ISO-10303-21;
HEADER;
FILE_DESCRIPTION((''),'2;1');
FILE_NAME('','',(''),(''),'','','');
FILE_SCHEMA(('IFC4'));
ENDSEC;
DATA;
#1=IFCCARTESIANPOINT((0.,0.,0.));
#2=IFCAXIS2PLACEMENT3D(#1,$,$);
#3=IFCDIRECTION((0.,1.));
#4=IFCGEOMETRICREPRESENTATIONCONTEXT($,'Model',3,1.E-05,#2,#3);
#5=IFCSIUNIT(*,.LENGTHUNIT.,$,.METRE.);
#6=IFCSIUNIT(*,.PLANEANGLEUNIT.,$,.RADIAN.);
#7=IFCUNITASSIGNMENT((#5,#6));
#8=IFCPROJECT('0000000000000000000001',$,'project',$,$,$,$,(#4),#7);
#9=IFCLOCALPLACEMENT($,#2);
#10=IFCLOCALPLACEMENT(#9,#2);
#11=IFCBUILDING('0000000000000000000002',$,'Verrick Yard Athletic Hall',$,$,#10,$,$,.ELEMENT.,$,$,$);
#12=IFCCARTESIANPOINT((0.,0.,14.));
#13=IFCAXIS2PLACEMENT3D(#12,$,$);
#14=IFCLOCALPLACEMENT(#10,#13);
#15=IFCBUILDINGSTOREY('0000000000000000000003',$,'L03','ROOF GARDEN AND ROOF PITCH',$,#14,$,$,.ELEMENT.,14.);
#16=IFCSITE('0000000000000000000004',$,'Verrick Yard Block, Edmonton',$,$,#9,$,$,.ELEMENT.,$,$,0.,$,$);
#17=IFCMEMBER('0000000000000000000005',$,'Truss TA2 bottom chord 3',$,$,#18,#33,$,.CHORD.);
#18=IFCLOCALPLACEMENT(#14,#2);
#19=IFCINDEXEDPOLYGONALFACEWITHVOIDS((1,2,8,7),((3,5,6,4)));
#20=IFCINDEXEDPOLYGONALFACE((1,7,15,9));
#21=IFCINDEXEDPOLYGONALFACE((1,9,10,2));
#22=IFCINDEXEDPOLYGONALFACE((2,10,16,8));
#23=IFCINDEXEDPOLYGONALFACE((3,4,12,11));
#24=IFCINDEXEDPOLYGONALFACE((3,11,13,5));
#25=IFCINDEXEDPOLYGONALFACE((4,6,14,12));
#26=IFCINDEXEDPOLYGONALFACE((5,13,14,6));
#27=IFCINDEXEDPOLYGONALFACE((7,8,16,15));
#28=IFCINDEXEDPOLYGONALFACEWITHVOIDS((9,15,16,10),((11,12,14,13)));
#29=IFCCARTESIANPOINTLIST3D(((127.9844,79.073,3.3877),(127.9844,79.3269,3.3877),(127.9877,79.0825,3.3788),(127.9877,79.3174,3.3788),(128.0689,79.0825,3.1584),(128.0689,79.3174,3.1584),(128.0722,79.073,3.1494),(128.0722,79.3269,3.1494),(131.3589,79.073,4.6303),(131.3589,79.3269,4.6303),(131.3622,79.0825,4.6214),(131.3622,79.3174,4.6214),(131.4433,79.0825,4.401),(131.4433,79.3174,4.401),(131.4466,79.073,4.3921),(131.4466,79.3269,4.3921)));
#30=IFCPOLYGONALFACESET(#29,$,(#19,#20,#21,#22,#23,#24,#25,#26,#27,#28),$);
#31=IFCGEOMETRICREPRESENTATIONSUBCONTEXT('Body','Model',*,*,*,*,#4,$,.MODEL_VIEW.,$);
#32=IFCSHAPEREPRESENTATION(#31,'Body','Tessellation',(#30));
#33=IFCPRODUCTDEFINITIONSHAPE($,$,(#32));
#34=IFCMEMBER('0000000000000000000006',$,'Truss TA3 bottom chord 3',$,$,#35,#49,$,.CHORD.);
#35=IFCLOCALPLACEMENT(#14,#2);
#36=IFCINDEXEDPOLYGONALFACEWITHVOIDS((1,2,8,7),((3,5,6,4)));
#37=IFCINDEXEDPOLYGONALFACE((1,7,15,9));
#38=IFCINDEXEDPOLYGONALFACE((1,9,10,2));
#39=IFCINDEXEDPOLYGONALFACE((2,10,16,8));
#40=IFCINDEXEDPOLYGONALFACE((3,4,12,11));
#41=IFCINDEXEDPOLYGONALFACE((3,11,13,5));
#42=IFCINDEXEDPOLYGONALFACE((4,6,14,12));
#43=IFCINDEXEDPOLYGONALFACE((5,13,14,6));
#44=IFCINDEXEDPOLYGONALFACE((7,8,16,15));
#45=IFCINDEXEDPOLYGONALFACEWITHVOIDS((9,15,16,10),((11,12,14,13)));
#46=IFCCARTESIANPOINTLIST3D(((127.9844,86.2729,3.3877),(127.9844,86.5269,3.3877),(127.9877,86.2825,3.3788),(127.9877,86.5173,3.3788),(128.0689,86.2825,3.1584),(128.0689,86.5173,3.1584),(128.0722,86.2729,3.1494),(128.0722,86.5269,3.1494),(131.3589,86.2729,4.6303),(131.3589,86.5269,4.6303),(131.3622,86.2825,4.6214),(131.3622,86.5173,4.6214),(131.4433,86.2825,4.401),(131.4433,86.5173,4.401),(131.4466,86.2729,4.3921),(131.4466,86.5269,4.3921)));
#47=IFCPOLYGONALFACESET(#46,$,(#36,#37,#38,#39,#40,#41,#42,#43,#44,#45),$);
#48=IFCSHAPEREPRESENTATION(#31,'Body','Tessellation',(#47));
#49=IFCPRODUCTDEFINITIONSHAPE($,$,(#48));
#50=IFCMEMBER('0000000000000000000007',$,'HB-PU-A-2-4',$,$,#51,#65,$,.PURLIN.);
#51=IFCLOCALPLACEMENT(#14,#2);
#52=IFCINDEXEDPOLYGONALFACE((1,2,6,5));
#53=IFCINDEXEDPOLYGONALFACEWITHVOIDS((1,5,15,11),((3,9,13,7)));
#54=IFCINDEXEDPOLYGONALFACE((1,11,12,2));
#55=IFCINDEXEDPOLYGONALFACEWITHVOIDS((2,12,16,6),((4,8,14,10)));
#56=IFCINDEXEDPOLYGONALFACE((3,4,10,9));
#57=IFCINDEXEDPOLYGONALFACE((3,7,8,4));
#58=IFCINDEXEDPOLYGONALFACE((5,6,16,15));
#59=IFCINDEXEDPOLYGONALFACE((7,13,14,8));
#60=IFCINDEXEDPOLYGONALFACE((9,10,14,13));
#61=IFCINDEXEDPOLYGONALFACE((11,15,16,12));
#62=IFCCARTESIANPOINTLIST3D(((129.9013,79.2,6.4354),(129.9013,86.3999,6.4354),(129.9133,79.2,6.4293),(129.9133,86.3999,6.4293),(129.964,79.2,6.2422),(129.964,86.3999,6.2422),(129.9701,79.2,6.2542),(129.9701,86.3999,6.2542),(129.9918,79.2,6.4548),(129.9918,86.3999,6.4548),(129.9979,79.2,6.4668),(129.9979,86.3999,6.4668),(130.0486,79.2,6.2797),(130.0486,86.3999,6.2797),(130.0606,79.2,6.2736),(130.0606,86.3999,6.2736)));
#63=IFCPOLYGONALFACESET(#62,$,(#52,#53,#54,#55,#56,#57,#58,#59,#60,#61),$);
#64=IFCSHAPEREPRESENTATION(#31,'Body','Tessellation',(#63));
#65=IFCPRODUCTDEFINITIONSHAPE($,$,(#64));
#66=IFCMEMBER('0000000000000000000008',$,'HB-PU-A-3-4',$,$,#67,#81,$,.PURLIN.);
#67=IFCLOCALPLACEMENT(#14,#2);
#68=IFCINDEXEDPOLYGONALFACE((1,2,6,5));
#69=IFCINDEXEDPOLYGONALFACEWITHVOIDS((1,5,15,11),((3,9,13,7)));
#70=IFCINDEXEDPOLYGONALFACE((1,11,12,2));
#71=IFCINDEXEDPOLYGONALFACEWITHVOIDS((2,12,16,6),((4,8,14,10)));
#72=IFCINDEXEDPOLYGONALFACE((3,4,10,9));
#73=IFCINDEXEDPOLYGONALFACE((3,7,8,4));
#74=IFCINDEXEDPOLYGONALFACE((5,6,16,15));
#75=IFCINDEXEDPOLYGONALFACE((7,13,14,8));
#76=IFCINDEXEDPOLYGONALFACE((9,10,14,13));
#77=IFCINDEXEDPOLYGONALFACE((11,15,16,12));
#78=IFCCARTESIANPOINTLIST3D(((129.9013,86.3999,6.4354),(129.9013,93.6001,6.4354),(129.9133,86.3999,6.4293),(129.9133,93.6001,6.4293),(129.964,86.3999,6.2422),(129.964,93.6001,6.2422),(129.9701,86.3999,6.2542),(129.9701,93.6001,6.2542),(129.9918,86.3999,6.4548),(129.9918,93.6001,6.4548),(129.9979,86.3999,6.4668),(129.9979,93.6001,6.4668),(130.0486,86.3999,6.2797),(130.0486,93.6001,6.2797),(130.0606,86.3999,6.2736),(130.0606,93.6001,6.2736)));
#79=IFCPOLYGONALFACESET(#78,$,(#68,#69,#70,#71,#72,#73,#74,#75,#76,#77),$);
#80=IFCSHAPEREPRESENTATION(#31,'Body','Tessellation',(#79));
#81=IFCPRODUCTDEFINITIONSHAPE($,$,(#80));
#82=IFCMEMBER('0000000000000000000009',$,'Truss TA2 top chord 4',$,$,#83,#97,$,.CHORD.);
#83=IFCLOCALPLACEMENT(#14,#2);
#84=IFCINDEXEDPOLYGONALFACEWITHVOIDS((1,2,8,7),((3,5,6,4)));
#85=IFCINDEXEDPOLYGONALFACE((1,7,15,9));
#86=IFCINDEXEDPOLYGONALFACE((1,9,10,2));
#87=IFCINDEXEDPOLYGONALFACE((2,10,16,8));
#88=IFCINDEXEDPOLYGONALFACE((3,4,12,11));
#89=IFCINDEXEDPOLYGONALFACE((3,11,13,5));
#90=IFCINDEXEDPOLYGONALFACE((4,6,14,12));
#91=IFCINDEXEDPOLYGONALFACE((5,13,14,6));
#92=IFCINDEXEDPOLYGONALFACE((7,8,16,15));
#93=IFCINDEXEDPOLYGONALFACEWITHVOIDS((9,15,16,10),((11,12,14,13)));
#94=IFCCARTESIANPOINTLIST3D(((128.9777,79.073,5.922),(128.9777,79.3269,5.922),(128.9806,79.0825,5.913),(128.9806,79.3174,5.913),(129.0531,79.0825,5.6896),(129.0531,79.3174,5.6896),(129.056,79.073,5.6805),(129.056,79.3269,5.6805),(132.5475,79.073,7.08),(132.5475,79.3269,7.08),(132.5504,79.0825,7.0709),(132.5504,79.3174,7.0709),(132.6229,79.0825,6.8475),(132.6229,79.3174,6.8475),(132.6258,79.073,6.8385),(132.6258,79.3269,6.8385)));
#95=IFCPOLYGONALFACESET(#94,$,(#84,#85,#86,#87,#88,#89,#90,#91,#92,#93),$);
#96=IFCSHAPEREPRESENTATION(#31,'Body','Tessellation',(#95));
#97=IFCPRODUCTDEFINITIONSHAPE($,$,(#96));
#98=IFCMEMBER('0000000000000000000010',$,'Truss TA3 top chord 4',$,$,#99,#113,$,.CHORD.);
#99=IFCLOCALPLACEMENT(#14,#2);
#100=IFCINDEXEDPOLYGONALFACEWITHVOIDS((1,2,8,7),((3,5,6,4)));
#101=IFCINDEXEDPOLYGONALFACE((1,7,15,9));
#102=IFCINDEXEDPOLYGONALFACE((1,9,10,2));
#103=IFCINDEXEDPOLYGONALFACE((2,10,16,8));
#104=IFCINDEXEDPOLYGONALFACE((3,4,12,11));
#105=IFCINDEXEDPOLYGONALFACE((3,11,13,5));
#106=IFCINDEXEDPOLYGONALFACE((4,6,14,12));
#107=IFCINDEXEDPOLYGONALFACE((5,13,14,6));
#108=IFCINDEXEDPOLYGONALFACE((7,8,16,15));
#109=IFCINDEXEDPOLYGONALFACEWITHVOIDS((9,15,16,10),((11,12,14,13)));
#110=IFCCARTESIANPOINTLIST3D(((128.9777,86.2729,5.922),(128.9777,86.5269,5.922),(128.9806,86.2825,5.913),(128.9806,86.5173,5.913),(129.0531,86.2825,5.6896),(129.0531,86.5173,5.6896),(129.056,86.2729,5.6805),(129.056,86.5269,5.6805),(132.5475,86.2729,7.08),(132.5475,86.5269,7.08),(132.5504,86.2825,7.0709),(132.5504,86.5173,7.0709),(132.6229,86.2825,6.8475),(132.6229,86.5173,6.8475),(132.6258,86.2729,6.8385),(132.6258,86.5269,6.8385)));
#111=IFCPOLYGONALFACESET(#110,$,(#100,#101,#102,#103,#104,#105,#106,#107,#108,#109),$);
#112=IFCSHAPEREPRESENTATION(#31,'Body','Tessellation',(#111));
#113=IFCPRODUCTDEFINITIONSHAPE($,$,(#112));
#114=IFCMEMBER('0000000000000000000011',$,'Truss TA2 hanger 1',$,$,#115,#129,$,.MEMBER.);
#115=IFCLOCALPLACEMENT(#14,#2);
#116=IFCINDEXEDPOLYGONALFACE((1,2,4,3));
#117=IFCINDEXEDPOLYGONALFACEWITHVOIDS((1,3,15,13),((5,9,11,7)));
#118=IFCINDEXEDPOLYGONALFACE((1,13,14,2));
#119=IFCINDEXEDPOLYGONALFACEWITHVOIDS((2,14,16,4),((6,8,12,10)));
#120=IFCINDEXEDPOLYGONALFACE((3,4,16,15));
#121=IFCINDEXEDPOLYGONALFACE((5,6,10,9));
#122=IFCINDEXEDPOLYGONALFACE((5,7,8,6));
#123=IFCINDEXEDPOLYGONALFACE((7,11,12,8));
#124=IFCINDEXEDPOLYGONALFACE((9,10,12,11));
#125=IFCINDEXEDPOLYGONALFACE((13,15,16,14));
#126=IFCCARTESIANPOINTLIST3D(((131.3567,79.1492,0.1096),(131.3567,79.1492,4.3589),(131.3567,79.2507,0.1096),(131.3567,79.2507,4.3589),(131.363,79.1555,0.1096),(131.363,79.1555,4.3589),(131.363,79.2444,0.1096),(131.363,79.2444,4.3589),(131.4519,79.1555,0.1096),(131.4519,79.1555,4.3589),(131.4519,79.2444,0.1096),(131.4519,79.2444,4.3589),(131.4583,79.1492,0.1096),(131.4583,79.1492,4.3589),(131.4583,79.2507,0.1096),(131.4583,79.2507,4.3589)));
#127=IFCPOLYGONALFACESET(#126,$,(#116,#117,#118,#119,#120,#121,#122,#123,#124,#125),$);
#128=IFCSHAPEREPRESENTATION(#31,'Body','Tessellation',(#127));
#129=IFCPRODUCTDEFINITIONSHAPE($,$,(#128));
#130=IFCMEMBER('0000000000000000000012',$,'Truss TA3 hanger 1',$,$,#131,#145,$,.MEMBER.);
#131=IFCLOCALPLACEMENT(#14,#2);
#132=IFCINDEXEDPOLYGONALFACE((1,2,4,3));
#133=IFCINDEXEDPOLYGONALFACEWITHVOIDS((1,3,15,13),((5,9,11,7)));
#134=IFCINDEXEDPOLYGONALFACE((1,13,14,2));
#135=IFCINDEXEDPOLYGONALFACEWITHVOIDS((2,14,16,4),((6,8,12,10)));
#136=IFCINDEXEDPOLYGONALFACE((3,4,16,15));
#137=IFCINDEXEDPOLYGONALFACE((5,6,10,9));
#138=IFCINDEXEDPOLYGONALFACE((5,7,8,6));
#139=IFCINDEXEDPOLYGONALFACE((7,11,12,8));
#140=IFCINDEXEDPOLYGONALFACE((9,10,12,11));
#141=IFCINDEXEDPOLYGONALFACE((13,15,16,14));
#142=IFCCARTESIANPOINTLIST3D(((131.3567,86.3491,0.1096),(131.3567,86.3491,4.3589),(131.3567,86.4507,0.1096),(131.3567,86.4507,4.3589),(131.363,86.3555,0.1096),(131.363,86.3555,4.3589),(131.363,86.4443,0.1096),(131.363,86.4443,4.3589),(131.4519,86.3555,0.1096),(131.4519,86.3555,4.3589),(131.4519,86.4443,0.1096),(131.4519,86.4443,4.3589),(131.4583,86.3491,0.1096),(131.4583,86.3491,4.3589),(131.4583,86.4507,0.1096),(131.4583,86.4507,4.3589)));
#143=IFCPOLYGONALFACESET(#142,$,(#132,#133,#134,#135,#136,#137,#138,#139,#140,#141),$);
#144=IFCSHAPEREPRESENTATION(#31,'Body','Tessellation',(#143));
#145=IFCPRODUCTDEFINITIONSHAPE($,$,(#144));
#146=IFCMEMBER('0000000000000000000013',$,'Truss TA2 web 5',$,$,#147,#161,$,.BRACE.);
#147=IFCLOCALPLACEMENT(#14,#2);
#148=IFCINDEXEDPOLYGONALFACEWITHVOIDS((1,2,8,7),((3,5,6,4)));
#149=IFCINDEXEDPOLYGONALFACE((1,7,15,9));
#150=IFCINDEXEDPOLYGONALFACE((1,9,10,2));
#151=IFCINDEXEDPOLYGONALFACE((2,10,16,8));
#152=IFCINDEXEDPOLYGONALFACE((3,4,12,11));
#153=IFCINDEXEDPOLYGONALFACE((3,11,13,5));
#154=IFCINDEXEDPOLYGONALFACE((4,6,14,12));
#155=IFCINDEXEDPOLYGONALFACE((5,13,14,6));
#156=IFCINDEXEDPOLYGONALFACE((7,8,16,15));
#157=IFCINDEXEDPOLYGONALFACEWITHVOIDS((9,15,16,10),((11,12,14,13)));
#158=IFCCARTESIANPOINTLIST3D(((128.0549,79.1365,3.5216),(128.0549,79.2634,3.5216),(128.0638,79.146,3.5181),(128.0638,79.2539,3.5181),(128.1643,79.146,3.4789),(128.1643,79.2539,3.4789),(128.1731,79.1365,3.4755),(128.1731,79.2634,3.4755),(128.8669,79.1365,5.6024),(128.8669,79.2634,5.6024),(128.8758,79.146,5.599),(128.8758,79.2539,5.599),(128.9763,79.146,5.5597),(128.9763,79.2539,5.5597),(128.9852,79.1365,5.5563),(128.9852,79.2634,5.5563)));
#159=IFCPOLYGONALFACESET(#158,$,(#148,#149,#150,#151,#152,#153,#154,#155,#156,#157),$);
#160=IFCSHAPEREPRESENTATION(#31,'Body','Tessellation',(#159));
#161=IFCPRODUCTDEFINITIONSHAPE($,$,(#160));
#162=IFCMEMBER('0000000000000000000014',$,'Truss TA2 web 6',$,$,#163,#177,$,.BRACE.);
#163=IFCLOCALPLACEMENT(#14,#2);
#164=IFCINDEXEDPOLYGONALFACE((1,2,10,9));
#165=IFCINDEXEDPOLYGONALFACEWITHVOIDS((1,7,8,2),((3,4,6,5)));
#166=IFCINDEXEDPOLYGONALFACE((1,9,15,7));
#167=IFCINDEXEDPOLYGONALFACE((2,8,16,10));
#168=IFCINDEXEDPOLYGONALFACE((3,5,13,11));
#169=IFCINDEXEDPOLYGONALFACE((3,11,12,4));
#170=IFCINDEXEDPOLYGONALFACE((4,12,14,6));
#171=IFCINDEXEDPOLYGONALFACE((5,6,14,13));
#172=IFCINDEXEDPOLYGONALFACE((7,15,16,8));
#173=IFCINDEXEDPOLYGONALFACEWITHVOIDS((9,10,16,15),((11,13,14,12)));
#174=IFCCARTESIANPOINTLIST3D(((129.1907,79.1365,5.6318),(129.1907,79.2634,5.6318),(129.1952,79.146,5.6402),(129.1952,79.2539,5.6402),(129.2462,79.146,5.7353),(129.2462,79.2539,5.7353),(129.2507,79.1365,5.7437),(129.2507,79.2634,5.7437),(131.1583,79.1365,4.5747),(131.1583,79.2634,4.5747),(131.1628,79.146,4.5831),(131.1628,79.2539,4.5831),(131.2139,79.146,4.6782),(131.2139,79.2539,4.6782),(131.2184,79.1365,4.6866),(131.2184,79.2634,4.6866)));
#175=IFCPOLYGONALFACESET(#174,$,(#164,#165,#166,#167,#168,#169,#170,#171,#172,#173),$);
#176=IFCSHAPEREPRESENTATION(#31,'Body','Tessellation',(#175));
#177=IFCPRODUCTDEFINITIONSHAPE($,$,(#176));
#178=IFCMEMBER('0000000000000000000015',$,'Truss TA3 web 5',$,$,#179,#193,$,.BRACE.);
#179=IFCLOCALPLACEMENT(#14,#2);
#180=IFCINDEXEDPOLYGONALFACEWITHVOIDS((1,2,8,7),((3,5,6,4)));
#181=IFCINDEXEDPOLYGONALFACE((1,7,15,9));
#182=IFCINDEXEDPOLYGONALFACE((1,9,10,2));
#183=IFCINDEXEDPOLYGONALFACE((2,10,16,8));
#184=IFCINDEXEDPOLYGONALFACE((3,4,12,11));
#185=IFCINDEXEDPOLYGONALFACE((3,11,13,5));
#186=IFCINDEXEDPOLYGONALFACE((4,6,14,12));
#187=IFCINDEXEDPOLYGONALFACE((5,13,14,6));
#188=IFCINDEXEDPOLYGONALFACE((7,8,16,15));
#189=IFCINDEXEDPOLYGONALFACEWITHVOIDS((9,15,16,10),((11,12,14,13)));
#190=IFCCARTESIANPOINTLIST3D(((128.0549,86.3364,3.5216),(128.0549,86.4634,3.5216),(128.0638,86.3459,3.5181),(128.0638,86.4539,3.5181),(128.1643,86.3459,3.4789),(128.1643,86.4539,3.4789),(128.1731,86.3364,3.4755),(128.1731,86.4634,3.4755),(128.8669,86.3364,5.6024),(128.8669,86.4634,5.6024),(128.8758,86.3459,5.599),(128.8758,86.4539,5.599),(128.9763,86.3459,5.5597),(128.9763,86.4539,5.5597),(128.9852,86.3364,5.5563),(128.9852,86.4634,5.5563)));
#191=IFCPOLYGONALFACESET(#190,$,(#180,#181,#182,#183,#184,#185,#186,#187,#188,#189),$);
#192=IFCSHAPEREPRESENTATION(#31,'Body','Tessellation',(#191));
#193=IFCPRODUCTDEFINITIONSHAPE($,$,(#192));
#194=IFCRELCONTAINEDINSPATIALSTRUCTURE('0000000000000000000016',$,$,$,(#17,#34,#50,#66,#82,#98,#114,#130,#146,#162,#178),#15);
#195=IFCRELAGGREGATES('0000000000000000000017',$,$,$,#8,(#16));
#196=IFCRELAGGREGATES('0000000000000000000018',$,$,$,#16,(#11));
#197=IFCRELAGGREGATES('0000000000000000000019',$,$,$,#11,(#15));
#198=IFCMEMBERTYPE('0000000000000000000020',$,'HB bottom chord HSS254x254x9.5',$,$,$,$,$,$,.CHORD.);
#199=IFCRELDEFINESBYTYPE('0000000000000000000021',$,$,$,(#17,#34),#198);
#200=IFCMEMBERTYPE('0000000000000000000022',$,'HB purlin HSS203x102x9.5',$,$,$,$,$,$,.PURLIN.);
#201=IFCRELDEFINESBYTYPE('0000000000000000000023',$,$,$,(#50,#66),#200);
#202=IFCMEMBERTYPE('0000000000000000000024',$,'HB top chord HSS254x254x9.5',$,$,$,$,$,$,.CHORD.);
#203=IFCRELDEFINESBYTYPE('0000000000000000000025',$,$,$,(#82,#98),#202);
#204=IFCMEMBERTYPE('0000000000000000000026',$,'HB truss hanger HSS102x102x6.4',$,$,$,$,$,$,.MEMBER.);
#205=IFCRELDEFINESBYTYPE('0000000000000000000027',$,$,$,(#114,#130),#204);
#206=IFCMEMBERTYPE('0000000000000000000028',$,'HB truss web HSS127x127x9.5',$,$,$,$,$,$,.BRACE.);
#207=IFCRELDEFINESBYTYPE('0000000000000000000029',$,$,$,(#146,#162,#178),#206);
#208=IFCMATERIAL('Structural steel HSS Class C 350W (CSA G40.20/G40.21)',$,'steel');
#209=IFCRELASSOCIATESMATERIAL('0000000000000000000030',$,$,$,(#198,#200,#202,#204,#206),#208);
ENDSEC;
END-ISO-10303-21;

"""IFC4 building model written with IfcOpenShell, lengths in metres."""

from ifc_helpers import new_model, si_unit, direction, frame, origin, origin_2d, place, context, subcontext, project, spatial, hollow_rectangle, extrude, material, material_profile, profile_set, type_object, element, save


model = new_model("IFC4")

# Units and contexts
model_context = context("Model", 3, precision=1e-05, world=origin(), true_north=direction((0.0, 1.0)))
body_context = subcontext(model_context, "Body", "Model", "MODEL_VIEW")
ifc_project = project(units=[si_unit("LENGTHUNIT", "METRE"), si_unit("PLANEANGLEUNIT", "RADIAN")], contexts=[model_context])

# Site, building, storey
site_placement = place(None, origin())
site = spatial("IfcSite", under=ifc_project, at=site_placement, Name="Verrick Yard Block, Edmonton", CompositionType="ELEMENT", RefElevation=0.0)
building_placement = place(site_placement, origin())
building = spatial("IfcBuilding", under=site, at=building_placement, Name="Verrick Yard Athletic Hall", CompositionType="ELEMENT")
storey_placement = place(building_placement, frame((0.0, 0.0, 14.0)))
storey = spatial("IfcBuildingStorey", under=building, at=storey_placement, Name="L03", Description="ROOF GARDEN AND ROOF PITCH", CompositionType="ELEMENT", Elevation=14.0)

# Members
ifc_material_1 = material(Name="Structural steel HSS Class C 350W (CSA G40.20/G40.21)", Category="steel")
ifc_material_profile_1 = material_profile(ifc_material_1, hollow_rectangle(XDim=0.2539, YDim=0.2539, WallThickness=0.0095, at=origin_2d()), Name="HSS254x254x9.5")
ifc_profile_set_1 = profile_set([ifc_material_profile_1], Name="Structural steel HSS Class C 350W (CSA G40.20/G40.21)")
member_type_1 = type_object("IfcMemberType", Name="HB bottom chord HSS254x254x9.5", PredefinedType="CHORD", material=ifc_profile_set_1)
for number, where, z_axis, x_axis, name in (
    (1, (128.0283, 79.2, 3.2686), (0.938394, 0.0, 0.345567), (0.0, 1.0, 0.0), "Truss TA2 bottom chord 3"),
    (2, (128.0283, 86.3999, 3.2686), (0.938394, 0.0, 0.345567), (0.0, 1.0, 0.0), "Truss TA3 bottom chord 3"),
):
    element("IfcMember", number, at=place(storey_placement, frame(where, z_axis=z_axis, x_axis=x_axis)), inside=storey, type_object=member_type_1, Name=name, PredefinedType="CHORD", context=body_context, shape_type="SweptSolid", body=[
        extrude(hollow_rectangle(XDim=0.2539, YDim=0.2539, WallThickness=0.0095, at=origin_2d()), origin(), (0.0, 0.0, 1.0), 3.5959),
    ])
ifc_material_profile_2 = material_profile(ifc_material_1, hollow_rectangle(XDim=0.1016, YDim=0.2031, WallThickness=0.0095, at=origin_2d()), Name="HSS203x102x9.5")
ifc_profile_set_2 = profile_set([ifc_material_profile_2], Name="Structural steel HSS Class C 350W (CSA G40.20/G40.21)")
member_type_2 = type_object("IfcMemberType", Name="HB purlin HSS203x102x9.5", PredefinedType="PURLIN", material=ifc_profile_set_2)
member_1_placement = place(storey_placement, frame((129.981, 79.2, 6.3545), z_axis=(0.0, 1.0, 0.0), x_axis=(-0.951214, 0.0, -0.308533)))
element("IfcMember", 3, at=member_1_placement, inside=storey, type_object=member_type_2, Name="HB-PU-A-2-4", PredefinedType="PURLIN", context=body_context, shape_type="SweptSolid", body=[
    extrude(hollow_rectangle(XDim=0.1016, YDim=0.2031, WallThickness=0.0095, at=origin_2d()), origin(), (0.0, 0.0, 1.0), 7.2),
])
member_2_placement = place(storey_placement, frame((129.981, 86.3999, 6.3545), z_axis=(0.0, 1.0, 0.0), x_axis=(-0.951214, 0.0, -0.308533)))
element("IfcMember", 4, at=member_2_placement, inside=storey, type_object=member_type_2, Name="HB-PU-A-3-4", PredefinedType="PURLIN", context=body_context, shape_type="SweptSolid", body=[
    extrude(hollow_rectangle(XDim=0.1016, YDim=0.2031, WallThickness=0.0095, at=origin_2d()), origin(), (0.0, 0.0, 1.0), 7.2002),
])
ifc_material_profile_3 = material_profile(ifc_material_1, hollow_rectangle(XDim=0.2539, YDim=0.2539, WallThickness=0.0095, at=origin_2d()), Name="HSS254x254x9.5")
ifc_profile_set_3 = profile_set([ifc_material_profile_3], Name="Structural steel HSS Class C 350W (CSA G40.20/G40.21)")
member_type_3 = type_object("IfcMemberType", Name="HB top chord HSS254x254x9.5", PredefinedType="CHORD", material=ifc_profile_set_3)
for number, where, z_axis, x_axis, name in (
    (5, (129.0168, 79.2, 5.8013), (0.951209, 0.0, 0.308548), (0.0, 1.0, 0.0), "Truss TA2 top chord 4"),
    (6, (129.0168, 86.3999, 5.8013), (0.951209, 0.0, 0.308548), (0.0, 1.0, 0.0), "Truss TA3 top chord 4"),
):
    element("IfcMember", number, at=place(storey_placement, frame(where, z_axis=z_axis, x_axis=x_axis)), inside=storey, type_object=member_type_3, Name=name, PredefinedType="CHORD", context=body_context, shape_type="SweptSolid", body=[
        extrude(hollow_rectangle(XDim=0.2539, YDim=0.2539, WallThickness=0.0095, at=origin_2d()), origin(), (0.0, 0.0, 1.0), 3.7529),
    ])
ifc_material_profile_4 = material_profile(ifc_material_1, hollow_rectangle(XDim=0.1016, YDim=0.1016, WallThickness=0.0063, at=origin_2d()), Name="HSS102x102x6.4")
ifc_profile_set_4 = profile_set([ifc_material_profile_4], Name="Structural steel HSS Class C 350W (CSA G40.20/G40.21)")
member_type_4 = type_object("IfcMemberType", Name="HB truss hanger HSS102x102x6.4", PredefinedType="MEMBER", material=ifc_profile_set_4)
for number, where, z_axis, x_axis, name in (
    (7, (131.4075, 79.2, 4.3589), (0.0, 0.0, -1.0), (0.0, -1.0, 0.0), "Truss TA2 hanger 1"),
    (8, (131.4075, 86.3999, 4.3589), (0.0, 0.0, -1.0), (0.0, -1.0, 0.0), "Truss TA3 hanger 1"),
):
    element("IfcMember", number, at=place(storey_placement, frame(where, z_axis=z_axis, x_axis=x_axis)), inside=storey, type_object=member_type_4, Name=name, PredefinedType="MEMBER", context=body_context, shape_type="SweptSolid", body=[
        extrude(hollow_rectangle(XDim=0.1016, YDim=0.1016, WallThickness=0.0063, at=origin_2d()), origin(), (0.0, 0.0, 1.0), 4.2493),
    ])
ifc_material_profile_5 = material_profile(ifc_material_1, hollow_rectangle(XDim=0.127, YDim=0.127, WallThickness=0.0095, at=origin_2d()), Name="HSS127x127x9.5")
ifc_profile_set_5 = profile_set([ifc_material_profile_5], Name="Structural steel HSS Class C 350W (CSA G40.20/G40.21)")
member_type_5 = type_object("IfcMemberType", Name="HB truss web HSS127x127x9.5", PredefinedType="BRACE", material=ifc_profile_set_5)
for number, where, z_axis, x_axis, name in (
    (9, (128.114, 79.2, 3.4985), (0.363538, 0.0, 0.931579), (0.0, 1.0, 0.0), "Truss TA2 web 5"),
    (10, (129.2207, 79.2, 5.6877), (0.880927, 0.0, -0.473252), (0.0, 1.0, 0.0), "Truss TA2 web 6"),
    (11, (128.114, 86.3999, 3.4985), (0.363538, 0.0, 0.931579), (0.0, 1.0, 0.0), "Truss TA3 web 5"),
):
    element("IfcMember", number, at=place(storey_placement, frame(where, z_axis=z_axis, x_axis=x_axis)), inside=storey, type_object=member_type_5, Name=name, PredefinedType="BRACE", context=body_context, shape_type="SweptSolid", body=[
        extrude(hollow_rectangle(XDim=0.127, YDim=0.127, WallThickness=0.0095, at=origin_2d()), origin(), (0.0, 0.0, 1.0), 2.2336),
    ])

save(model, "model.ifc")
